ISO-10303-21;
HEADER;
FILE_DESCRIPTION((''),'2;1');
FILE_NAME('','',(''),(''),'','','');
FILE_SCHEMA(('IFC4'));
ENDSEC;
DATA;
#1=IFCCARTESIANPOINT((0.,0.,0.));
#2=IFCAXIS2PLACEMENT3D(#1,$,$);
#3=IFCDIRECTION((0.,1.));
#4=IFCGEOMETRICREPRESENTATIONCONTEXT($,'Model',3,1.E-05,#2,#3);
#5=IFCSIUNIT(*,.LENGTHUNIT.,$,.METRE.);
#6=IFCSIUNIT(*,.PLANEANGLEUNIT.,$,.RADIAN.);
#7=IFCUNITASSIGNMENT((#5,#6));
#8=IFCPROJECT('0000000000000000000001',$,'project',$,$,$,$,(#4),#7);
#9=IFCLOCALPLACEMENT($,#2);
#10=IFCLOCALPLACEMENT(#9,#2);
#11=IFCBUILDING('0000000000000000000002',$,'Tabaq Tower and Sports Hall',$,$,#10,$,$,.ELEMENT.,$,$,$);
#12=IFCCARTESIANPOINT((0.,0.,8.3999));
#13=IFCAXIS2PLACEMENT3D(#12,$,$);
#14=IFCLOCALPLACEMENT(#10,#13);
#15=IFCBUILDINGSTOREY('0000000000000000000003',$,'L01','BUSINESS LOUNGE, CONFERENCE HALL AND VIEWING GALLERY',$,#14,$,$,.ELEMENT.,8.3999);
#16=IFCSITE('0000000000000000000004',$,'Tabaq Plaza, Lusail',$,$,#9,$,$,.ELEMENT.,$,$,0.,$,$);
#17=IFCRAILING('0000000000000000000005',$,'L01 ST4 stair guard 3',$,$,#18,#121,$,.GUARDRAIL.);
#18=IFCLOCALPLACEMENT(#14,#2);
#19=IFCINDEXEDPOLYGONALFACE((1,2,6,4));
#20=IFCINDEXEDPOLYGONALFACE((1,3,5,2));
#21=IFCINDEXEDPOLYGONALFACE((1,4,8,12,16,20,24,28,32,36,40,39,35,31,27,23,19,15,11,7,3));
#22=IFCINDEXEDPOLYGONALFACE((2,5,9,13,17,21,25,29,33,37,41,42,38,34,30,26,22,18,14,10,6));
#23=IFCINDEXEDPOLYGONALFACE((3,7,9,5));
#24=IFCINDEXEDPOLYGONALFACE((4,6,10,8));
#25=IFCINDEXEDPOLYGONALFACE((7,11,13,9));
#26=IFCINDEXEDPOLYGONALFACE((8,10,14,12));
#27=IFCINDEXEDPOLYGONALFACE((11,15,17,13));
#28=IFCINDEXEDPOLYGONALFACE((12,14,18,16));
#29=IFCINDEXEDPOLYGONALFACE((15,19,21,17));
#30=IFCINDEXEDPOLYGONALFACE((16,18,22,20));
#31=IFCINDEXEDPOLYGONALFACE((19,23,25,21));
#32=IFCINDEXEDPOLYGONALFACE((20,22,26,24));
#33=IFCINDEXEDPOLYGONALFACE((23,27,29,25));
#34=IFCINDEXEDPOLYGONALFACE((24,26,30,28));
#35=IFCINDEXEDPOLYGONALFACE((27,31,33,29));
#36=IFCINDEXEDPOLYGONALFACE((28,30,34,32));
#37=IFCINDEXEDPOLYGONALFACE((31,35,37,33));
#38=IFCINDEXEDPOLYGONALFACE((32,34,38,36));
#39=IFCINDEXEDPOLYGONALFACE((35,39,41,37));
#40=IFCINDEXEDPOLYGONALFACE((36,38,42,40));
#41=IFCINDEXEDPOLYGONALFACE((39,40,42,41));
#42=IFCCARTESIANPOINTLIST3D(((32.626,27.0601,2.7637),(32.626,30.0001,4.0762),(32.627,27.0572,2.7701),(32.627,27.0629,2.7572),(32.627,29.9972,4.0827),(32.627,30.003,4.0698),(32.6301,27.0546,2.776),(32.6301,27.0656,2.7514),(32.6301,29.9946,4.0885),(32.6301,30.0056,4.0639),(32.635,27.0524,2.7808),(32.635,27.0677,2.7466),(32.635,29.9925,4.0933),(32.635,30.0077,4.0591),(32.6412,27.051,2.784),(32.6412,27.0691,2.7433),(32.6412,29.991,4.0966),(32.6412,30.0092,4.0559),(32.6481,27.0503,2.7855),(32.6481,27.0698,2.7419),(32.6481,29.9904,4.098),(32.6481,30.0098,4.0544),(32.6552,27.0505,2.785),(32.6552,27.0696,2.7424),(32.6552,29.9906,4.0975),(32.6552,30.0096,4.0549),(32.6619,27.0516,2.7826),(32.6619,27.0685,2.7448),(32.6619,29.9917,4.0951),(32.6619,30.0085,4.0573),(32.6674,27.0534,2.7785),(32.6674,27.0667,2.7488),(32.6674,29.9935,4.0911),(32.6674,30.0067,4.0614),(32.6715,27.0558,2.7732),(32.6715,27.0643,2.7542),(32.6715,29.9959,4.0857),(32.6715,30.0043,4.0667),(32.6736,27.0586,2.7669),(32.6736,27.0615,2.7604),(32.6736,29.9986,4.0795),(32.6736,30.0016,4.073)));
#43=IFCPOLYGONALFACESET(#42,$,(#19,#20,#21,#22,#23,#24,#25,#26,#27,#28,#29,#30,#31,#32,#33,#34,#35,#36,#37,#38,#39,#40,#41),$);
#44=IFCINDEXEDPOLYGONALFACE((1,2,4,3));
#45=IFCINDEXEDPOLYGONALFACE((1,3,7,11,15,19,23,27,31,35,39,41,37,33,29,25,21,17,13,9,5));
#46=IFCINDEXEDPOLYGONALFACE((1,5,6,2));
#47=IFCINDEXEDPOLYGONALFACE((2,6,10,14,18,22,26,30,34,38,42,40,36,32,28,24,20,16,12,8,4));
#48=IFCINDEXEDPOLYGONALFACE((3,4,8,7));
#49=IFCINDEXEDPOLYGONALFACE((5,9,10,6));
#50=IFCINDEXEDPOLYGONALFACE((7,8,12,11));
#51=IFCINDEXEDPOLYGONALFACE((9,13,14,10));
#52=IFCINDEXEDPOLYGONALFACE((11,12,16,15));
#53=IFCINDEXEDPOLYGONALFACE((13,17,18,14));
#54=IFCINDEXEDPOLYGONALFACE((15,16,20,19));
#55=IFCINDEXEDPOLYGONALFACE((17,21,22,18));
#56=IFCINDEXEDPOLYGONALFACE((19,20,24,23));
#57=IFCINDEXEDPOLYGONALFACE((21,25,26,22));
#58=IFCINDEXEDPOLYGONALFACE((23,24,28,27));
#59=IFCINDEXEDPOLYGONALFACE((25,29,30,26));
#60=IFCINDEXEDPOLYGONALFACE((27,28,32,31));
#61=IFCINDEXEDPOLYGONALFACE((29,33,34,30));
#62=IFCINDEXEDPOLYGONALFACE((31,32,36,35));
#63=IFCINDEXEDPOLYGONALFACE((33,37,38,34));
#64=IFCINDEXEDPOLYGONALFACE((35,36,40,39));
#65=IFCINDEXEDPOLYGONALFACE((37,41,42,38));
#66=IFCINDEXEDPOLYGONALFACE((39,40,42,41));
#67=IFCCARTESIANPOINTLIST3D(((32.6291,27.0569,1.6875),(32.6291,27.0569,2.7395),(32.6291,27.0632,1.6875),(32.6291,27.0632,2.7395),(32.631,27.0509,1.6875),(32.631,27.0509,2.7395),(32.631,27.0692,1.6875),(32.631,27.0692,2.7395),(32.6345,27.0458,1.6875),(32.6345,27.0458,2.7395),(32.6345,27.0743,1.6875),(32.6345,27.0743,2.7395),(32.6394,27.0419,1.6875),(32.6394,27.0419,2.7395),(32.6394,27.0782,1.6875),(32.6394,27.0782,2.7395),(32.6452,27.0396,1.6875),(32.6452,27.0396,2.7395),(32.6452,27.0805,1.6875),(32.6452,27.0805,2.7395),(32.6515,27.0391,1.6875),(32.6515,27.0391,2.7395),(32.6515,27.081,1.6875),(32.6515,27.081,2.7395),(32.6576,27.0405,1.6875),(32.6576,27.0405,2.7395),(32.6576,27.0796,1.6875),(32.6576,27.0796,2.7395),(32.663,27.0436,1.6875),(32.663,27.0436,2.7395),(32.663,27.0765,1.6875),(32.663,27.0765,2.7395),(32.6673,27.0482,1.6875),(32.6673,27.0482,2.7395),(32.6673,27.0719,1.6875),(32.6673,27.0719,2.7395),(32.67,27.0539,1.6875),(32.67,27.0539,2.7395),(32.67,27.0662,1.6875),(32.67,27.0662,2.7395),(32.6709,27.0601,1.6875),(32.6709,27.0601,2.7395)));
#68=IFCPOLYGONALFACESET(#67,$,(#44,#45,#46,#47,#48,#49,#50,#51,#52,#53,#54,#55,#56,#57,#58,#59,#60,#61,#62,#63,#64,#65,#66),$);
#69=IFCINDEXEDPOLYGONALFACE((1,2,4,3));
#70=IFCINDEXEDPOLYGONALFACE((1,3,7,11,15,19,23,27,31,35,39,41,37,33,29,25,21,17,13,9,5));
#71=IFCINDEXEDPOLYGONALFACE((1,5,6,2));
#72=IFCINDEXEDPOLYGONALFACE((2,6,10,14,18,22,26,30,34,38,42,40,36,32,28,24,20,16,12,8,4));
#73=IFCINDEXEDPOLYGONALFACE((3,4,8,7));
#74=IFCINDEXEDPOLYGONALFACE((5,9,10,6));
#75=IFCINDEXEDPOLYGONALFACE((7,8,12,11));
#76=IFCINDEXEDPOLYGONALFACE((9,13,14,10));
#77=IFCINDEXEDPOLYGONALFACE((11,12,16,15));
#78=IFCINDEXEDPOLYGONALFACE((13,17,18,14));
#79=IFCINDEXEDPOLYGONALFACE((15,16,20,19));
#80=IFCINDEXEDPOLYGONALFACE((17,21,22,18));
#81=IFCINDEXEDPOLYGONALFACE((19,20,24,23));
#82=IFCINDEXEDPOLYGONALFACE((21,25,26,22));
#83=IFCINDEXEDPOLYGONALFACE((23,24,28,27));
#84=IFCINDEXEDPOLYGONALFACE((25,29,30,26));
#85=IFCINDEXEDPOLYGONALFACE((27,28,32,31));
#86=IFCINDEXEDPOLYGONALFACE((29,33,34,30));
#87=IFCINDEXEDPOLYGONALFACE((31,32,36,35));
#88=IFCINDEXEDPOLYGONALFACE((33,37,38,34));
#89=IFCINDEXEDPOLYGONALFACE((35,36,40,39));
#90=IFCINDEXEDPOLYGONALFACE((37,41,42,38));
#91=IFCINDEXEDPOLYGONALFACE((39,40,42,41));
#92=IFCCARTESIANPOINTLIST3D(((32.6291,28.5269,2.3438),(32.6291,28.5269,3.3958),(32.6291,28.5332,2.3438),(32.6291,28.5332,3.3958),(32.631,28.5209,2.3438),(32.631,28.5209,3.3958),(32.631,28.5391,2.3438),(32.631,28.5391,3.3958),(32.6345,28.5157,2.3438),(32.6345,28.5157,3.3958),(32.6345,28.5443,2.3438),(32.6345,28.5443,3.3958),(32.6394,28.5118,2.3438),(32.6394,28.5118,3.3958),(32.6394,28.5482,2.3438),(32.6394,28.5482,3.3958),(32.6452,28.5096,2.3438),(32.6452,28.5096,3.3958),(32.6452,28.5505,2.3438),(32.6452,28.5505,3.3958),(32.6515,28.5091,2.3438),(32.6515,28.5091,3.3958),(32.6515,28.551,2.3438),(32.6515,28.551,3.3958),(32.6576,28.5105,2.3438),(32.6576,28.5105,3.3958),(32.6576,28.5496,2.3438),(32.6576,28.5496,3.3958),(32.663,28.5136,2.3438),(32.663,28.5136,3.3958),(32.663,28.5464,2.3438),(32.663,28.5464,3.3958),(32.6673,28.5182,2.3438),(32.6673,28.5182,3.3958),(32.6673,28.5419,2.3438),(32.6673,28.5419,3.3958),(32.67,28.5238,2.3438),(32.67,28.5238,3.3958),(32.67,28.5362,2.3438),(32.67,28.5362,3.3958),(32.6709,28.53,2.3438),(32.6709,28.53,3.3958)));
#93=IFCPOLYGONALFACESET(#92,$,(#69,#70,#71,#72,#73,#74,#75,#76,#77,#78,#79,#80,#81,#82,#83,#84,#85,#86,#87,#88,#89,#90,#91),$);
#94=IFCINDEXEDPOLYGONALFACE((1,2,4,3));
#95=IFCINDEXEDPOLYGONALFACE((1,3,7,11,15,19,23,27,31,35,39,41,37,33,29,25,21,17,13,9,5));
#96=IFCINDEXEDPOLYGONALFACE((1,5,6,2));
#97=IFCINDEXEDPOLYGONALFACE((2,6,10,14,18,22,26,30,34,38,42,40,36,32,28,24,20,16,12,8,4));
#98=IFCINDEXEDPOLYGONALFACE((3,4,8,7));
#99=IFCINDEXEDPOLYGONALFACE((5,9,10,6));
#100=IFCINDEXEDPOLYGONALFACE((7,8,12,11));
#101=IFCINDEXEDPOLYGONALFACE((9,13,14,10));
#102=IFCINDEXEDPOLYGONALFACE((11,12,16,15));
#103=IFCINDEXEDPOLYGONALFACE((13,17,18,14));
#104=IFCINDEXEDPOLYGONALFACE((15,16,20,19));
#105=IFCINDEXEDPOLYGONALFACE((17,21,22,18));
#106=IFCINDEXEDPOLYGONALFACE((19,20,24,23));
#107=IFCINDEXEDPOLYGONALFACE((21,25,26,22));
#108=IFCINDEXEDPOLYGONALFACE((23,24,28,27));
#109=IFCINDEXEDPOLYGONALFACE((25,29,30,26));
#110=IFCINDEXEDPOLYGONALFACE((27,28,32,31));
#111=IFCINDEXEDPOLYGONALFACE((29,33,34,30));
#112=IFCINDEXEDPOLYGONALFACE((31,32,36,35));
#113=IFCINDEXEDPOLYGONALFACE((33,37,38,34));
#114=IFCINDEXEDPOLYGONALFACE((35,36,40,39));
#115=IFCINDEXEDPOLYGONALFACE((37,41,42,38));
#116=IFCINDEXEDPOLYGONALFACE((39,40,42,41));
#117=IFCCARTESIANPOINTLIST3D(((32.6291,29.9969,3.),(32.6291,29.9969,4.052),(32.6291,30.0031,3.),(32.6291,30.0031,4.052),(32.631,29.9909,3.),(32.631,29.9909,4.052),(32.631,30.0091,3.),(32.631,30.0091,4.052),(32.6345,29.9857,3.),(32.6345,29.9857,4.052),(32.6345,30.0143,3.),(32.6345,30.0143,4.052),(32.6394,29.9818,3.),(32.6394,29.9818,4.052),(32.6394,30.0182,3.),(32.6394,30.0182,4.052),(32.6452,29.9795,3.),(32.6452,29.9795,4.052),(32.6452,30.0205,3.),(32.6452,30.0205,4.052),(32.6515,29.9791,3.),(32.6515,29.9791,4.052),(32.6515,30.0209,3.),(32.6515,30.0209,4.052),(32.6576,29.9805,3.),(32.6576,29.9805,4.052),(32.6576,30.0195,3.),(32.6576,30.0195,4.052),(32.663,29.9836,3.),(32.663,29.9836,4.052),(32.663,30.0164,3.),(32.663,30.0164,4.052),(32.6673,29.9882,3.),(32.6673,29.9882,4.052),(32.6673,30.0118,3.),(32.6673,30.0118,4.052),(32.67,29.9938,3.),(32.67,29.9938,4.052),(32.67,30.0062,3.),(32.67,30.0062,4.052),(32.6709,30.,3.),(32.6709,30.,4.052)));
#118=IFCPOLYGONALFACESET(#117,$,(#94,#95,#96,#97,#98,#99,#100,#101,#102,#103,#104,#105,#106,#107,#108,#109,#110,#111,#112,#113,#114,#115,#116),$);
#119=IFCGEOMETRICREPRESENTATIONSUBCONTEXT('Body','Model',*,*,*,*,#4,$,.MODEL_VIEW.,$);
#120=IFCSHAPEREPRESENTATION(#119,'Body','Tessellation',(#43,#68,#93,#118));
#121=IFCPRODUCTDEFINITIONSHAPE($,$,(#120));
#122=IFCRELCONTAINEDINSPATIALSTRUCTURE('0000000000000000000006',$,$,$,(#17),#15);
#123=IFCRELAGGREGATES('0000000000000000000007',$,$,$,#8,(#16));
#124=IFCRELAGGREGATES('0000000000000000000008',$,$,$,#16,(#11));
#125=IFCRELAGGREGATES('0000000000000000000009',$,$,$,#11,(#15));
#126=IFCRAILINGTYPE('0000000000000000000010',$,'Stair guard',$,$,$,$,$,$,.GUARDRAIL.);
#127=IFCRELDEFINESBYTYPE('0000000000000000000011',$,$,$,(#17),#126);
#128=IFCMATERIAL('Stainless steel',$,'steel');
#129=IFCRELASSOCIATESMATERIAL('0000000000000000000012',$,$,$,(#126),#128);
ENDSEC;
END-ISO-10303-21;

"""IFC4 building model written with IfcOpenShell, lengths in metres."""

from ifc_helpers import new_model, si_unit, direction, frame, origin, origin_2d, place, context, subcontext, project, spatial, circle, extrude, material, type_object, element, save


model = new_model("IFC4")

# Units and contexts
model_context = context("Model", 3, precision=1e-05, world=origin(), true_north=direction((0.0, 1.0)))
body_context = subcontext(model_context, "Body", "Model", "MODEL_VIEW")
ifc_project = project(units=[si_unit("LENGTHUNIT", "METRE"), si_unit("PLANEANGLEUNIT", "RADIAN")], contexts=[model_context])

# Site, building, storey
site_placement = place(None, origin())
site = spatial("IfcSite", under=ifc_project, at=site_placement, Name="Tabaq Plaza, Lusail", CompositionType="ELEMENT", RefElevation=0.0)
building_placement = place(site_placement, origin())
building = spatial("IfcBuilding", under=site, at=building_placement, Name="Tabaq Tower and Sports Hall", CompositionType="ELEMENT")
storey_placement = place(building_placement, frame((0.0, 0.0, 8.3999)))
storey = spatial("IfcBuildingStorey", under=building, at=storey_placement, Name="L01", Description="BUSINESS LOUNGE, CONFERENCE HALL AND VIEWING GALLERY", CompositionType="ELEMENT", Elevation=8.3999)

# Railing
ifc_material_1 = material(Name="Stainless steel", Category="steel")
railing_type_1 = type_object("IfcRailingType", Name="Stair guard", PredefinedType="GUARDRAIL", material=ifc_material_1)
railing_1_placement = place(storey_placement, frame((32.6499, 27.0601, 1.6875)))
element("IfcRailing", 1, at=railing_1_placement, inside=storey, type_object=railing_type_1, Name="L01 ST4 stair guard 3", PredefinedType="GUARDRAIL", context=body_context, shape_type="SweptSolid", body=[
    extrude(circle(Radius=0.0239, at=origin_2d()), frame((0.0, 0.0, 1.0762), z_axis=(0.0, 0.913135, 0.407658), x_axis=(-1.0, 0.0, 0.0)), (0.0, 0.0, 1.0), 3.2197),
    extrude(circle(Radius=0.021, at=origin_2d()), origin(), (0.0, 0.0, 1.0), 1.052),
    extrude(circle(Radius=0.021, at=origin_2d()), frame((0.0, 1.47, 0.6562)), (0.0, 0.0, 1.0), 1.052),
    extrude(circle(Radius=0.021, at=origin_2d()), frame((0.0, 2.9399, 1.3125)), (0.0, 0.0, 1.0), 1.052),
])

save(model, "model.ifc")
